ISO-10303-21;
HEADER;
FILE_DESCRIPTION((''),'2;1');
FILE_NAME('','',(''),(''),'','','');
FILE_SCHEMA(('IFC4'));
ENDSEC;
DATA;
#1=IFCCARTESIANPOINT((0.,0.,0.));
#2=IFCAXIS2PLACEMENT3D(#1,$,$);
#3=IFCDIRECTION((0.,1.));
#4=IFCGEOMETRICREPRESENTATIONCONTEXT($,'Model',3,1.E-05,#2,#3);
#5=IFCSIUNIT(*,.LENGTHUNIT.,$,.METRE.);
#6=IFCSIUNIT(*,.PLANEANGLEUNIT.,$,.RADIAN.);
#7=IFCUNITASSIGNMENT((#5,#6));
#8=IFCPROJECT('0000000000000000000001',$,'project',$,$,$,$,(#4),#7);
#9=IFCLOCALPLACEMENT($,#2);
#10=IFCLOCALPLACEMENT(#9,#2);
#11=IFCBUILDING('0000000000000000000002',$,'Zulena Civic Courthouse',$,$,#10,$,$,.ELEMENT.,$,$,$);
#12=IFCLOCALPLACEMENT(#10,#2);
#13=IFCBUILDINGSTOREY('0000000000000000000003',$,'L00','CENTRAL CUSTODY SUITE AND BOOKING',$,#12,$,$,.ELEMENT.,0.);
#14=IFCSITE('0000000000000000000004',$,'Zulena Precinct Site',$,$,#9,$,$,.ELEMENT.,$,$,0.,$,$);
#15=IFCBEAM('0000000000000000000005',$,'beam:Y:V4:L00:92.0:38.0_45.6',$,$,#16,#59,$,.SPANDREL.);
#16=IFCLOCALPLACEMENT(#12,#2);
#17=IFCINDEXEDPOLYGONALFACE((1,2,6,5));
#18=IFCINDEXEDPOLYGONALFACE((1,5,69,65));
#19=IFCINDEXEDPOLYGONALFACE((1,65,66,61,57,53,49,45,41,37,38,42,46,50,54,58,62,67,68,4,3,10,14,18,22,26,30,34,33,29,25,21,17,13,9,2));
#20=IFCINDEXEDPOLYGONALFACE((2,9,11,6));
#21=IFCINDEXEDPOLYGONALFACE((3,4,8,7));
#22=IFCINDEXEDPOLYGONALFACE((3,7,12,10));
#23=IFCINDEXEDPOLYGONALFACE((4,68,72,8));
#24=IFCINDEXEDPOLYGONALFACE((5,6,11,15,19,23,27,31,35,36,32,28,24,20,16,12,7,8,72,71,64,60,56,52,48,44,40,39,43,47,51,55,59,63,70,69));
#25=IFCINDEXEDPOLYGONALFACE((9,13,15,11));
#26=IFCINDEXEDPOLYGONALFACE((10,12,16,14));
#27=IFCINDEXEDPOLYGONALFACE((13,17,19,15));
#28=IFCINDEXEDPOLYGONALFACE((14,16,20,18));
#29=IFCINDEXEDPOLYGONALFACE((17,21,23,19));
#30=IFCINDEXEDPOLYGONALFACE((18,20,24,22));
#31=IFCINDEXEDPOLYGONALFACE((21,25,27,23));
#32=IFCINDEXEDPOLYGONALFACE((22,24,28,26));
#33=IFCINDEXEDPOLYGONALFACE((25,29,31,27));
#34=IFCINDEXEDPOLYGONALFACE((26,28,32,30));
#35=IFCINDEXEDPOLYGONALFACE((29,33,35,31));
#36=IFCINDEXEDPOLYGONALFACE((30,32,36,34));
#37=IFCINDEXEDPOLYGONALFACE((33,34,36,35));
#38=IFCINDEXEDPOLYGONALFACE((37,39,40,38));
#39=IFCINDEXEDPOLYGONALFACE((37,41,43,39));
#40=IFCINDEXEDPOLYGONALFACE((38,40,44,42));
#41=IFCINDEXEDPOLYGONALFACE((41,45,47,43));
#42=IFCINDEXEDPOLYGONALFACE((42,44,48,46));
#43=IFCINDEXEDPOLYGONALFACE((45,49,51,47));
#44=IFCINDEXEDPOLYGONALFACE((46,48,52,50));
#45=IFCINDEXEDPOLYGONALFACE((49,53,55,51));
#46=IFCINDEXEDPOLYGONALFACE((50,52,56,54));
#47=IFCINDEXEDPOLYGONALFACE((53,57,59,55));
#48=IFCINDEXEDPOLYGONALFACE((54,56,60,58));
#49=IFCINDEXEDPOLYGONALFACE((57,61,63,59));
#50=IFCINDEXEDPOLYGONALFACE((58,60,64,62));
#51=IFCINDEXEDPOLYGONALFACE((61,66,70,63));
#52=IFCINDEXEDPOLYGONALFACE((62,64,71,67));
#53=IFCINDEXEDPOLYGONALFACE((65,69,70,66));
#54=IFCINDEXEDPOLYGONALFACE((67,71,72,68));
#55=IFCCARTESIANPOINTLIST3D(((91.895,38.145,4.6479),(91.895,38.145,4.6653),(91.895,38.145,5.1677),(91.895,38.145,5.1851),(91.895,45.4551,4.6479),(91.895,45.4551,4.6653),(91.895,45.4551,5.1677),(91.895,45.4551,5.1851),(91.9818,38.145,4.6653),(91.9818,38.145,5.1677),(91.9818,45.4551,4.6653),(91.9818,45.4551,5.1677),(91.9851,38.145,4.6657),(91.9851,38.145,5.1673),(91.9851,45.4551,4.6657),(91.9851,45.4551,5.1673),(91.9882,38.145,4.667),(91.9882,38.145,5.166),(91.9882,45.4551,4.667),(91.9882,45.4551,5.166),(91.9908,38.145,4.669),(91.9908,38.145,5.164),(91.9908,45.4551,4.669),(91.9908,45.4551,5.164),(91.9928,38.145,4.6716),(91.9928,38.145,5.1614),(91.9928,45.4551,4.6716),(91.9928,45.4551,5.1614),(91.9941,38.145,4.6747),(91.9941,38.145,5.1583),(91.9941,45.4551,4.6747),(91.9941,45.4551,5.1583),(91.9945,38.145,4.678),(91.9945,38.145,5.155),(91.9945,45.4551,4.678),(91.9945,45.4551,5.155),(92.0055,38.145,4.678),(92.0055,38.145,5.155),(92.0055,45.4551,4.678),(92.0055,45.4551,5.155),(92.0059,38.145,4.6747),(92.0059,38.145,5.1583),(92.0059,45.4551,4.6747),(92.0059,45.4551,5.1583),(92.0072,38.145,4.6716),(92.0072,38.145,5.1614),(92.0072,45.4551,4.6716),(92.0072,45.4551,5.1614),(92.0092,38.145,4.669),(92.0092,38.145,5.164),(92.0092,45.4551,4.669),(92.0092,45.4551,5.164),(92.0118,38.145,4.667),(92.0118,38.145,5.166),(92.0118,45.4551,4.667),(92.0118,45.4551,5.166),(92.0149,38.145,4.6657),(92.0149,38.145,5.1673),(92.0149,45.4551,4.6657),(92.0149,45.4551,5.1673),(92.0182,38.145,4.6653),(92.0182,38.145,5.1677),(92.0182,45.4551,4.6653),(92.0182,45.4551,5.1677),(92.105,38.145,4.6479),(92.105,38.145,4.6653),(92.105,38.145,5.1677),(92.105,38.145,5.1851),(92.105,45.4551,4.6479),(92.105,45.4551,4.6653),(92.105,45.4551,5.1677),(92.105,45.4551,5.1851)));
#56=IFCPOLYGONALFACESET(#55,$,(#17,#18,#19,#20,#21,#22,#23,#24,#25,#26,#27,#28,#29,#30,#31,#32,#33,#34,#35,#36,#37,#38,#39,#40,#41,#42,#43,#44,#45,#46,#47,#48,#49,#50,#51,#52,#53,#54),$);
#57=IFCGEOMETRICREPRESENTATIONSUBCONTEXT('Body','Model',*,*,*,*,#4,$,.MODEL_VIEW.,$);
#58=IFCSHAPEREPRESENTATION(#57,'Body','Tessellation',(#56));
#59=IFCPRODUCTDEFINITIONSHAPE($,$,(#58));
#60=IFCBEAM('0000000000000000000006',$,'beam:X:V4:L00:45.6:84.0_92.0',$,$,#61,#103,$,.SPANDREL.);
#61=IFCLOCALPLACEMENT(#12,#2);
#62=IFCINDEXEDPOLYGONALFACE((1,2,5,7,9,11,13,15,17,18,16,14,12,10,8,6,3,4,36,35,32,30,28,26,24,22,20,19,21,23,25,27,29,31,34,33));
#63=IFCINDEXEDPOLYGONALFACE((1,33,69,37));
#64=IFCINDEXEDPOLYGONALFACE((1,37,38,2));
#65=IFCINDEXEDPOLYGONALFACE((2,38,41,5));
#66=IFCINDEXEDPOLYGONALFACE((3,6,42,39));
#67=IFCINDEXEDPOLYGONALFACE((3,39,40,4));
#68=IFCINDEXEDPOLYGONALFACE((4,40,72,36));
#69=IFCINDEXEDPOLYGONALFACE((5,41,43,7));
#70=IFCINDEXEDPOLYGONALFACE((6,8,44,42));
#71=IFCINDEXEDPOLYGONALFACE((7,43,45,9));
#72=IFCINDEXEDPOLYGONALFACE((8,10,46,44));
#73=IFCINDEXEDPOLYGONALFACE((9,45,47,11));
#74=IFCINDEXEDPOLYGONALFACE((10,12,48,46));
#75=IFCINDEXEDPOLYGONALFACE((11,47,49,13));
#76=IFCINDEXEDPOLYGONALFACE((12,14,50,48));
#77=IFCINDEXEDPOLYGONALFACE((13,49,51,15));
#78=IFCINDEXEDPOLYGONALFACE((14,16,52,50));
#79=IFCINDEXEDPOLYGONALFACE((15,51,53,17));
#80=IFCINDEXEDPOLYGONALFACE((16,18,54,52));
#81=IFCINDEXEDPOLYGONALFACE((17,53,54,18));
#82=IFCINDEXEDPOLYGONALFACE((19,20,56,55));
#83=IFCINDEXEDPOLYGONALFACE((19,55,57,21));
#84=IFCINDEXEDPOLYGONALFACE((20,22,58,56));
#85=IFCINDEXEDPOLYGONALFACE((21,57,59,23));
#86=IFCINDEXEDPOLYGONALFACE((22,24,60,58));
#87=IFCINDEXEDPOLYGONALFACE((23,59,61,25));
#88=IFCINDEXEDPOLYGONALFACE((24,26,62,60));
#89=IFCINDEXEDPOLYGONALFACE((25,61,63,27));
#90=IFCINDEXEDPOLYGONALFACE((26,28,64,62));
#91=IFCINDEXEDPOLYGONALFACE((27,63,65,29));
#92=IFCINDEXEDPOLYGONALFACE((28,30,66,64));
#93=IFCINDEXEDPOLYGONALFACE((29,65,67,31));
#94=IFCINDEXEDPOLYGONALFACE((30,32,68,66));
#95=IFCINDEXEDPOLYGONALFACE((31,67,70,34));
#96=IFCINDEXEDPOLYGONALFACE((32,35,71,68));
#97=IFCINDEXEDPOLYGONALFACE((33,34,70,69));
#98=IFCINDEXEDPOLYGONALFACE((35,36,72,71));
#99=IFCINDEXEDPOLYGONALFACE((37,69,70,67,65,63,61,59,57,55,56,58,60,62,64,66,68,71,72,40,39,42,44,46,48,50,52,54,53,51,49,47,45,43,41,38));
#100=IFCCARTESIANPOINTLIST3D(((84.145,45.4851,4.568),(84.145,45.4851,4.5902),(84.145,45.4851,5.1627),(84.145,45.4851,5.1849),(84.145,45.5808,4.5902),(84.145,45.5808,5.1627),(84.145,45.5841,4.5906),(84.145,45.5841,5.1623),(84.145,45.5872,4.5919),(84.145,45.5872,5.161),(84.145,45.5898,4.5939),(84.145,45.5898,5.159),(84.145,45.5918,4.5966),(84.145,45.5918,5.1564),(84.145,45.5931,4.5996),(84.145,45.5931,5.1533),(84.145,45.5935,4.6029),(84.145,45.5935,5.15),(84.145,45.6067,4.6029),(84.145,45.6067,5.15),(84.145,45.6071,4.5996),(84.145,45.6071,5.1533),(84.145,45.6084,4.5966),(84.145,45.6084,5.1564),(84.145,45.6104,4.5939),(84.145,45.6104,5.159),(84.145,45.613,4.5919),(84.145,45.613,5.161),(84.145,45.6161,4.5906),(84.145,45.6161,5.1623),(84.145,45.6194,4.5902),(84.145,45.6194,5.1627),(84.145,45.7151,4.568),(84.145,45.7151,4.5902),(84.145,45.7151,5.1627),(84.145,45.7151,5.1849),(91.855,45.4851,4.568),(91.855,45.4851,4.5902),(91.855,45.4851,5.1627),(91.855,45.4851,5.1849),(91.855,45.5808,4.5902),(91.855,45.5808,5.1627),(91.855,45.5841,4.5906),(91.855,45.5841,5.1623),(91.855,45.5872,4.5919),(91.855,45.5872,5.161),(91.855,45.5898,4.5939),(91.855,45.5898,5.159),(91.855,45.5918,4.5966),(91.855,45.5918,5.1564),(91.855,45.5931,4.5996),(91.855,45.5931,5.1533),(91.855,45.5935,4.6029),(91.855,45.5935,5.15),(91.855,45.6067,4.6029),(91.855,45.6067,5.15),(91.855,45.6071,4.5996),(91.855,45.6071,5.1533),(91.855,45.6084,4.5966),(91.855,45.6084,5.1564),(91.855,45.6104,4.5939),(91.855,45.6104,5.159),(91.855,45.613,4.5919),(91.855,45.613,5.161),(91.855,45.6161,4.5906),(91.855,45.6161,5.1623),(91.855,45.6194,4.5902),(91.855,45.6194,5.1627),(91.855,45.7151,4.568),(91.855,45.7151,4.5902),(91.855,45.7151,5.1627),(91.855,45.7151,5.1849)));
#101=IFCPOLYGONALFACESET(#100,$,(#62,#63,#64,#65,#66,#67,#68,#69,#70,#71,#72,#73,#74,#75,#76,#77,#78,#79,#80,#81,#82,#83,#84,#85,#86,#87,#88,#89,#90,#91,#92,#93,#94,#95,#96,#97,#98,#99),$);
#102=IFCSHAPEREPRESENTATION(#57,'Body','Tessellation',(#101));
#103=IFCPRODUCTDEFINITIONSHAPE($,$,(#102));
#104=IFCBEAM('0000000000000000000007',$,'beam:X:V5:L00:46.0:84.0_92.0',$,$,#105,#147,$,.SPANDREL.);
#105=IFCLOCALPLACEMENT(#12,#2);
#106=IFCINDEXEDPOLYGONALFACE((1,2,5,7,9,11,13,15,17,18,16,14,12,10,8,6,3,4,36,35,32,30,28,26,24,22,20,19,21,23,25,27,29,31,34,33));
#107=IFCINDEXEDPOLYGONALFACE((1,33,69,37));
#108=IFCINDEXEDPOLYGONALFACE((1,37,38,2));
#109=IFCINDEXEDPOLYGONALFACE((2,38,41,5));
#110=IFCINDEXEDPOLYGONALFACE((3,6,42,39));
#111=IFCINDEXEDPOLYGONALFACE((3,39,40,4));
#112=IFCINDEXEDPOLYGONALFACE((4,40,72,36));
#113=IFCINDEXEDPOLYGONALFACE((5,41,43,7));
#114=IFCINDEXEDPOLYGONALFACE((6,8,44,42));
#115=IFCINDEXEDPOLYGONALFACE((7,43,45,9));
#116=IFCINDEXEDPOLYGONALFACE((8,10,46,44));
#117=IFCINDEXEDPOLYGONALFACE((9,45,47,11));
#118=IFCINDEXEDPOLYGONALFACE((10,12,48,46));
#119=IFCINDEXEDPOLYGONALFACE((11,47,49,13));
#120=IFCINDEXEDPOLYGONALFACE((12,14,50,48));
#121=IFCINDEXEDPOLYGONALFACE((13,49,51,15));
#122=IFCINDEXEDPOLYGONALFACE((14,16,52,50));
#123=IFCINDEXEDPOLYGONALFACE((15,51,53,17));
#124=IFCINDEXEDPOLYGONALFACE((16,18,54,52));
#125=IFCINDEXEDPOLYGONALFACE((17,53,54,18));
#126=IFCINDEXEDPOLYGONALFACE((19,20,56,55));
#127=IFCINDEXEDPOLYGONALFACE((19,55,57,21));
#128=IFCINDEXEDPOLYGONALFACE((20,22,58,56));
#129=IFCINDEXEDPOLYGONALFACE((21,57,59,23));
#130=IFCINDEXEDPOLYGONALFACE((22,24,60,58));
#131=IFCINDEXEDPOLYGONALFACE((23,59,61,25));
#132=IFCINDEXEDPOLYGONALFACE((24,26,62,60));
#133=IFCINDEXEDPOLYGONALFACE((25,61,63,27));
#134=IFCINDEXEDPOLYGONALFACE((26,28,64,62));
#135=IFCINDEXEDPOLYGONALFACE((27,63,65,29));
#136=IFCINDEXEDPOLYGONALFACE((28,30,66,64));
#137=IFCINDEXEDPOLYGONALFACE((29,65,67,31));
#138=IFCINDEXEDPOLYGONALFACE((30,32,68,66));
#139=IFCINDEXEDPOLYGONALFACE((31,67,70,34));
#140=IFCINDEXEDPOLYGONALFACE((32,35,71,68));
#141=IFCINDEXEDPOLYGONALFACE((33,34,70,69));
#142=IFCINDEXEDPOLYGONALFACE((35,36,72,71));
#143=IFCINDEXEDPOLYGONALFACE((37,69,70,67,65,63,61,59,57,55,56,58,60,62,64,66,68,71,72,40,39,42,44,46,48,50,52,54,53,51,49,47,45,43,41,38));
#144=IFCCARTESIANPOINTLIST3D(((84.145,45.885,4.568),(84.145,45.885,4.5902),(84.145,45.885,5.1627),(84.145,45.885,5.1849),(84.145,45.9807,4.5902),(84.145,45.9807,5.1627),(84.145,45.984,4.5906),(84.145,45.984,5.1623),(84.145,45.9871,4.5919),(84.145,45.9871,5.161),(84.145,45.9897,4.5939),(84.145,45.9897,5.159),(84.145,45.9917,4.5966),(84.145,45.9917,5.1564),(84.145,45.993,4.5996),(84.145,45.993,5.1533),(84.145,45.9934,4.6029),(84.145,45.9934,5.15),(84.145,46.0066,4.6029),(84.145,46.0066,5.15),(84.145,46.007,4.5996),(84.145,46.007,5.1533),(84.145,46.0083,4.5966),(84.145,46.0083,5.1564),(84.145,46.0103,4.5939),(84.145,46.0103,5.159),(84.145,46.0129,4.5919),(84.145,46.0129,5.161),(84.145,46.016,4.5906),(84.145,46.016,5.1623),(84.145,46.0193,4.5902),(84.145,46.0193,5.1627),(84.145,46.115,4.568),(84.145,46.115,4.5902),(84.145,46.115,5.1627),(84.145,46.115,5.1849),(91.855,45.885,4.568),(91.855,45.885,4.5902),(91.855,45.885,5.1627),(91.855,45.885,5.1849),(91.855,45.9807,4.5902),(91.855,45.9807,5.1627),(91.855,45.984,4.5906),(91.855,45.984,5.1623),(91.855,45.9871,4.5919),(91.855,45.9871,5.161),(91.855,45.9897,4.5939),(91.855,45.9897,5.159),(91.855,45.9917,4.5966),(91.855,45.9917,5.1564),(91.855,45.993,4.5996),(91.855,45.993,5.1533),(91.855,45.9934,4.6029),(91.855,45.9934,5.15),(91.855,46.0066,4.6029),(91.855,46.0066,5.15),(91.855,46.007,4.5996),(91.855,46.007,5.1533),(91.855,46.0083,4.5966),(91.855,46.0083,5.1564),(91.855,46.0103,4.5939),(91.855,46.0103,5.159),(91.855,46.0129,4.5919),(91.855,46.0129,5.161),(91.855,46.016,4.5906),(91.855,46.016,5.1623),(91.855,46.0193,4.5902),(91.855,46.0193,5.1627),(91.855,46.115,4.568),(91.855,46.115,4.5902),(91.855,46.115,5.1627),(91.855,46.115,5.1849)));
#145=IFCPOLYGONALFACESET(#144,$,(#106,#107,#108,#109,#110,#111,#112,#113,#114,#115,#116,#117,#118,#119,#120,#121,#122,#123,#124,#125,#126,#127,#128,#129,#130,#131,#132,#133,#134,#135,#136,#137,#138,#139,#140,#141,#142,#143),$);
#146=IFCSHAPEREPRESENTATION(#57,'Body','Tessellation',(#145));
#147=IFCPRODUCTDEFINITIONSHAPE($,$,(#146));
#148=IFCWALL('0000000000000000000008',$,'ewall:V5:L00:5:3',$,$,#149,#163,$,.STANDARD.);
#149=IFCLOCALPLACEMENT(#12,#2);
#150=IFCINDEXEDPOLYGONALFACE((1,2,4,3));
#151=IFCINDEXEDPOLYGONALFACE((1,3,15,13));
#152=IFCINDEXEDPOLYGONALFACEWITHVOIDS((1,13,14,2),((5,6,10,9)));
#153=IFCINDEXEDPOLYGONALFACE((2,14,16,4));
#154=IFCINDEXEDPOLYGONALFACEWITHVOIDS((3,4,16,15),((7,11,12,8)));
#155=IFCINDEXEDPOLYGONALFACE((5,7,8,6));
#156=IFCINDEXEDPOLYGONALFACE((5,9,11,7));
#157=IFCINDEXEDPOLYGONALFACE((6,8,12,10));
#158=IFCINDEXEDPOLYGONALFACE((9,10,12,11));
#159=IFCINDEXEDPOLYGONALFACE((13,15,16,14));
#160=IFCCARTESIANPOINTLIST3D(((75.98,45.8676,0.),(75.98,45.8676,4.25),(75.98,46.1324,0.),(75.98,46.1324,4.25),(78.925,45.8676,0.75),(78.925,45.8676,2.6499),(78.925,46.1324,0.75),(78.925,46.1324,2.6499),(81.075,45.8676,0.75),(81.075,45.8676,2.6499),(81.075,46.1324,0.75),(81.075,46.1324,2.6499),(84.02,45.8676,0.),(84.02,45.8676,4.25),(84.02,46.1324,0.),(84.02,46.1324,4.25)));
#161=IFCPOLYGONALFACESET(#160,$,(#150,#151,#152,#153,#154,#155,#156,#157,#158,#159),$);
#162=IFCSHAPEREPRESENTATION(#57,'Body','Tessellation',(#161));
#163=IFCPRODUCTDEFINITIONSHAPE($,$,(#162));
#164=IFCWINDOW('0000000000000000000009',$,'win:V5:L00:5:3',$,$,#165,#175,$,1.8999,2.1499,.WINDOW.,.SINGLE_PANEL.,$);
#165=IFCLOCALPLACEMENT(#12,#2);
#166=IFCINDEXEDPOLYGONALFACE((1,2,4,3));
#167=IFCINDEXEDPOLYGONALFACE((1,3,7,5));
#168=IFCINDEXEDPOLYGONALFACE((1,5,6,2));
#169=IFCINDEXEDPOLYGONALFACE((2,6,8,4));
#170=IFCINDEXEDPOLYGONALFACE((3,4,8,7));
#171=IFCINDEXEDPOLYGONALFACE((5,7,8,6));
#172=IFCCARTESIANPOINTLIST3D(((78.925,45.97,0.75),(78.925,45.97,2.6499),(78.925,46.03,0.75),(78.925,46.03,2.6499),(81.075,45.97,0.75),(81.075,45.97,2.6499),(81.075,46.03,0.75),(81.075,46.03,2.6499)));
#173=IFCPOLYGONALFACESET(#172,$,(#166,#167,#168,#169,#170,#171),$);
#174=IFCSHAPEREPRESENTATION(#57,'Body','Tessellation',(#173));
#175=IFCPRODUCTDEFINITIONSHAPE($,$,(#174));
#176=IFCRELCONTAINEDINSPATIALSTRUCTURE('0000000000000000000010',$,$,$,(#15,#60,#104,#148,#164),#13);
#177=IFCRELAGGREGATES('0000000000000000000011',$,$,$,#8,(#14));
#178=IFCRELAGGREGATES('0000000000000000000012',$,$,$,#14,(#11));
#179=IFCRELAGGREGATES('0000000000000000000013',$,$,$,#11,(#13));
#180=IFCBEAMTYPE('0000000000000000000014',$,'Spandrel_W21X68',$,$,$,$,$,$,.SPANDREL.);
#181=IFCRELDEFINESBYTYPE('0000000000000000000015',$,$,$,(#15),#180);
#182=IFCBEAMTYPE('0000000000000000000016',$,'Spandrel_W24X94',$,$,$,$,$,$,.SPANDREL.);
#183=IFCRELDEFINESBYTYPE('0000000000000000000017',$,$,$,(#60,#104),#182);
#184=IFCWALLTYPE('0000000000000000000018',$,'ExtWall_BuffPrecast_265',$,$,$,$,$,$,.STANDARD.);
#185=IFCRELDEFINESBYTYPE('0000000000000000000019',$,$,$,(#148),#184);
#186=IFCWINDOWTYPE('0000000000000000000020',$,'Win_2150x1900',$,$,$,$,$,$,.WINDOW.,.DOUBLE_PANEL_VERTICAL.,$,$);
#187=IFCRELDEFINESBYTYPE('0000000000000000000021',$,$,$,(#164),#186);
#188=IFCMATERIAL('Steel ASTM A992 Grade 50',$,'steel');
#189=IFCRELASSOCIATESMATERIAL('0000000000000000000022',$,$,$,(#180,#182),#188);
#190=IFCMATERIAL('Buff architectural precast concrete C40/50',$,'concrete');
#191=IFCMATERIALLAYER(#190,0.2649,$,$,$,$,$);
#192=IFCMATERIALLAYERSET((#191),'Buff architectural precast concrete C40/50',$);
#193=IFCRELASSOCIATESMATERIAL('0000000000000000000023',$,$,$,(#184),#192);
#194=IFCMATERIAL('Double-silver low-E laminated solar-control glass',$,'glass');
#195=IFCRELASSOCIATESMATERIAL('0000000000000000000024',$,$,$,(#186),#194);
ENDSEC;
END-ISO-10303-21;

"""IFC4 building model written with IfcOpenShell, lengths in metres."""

from ifc_helpers import new_model, si_unit, direction, frame, frame_2d, origin, origin_2d, place, context, subcontext, project, spatial, rectangle, i_section, extrude, material, layer, layer_set, material_profile, profile_set, type_object, element, fill, save


model = new_model("IFC4")

# Units and contexts
model_context = context("Model", 3, precision=1e-05, world=origin(), true_north=direction((0.0, 1.0)))
body_context = subcontext(model_context, "Body", "Model", "MODEL_VIEW")
ifc_project = project(units=[si_unit("LENGTHUNIT", "METRE"), si_unit("PLANEANGLEUNIT", "RADIAN")], contexts=[model_context])

# Site, building, storey
site_placement = place(None, origin())
site = spatial("IfcSite", under=ifc_project, at=site_placement, Name="Zulena Precinct Site", CompositionType="ELEMENT", RefElevation=0.0)
building_placement = place(site_placement, origin())
building = spatial("IfcBuilding", under=site, at=building_placement, Name="Zulena Civic Courthouse", CompositionType="ELEMENT")
storey_placement = place(building_placement, origin())
storey = spatial("IfcBuildingStorey", under=building, at=storey_placement, Name="L00", Description="CENTRAL CUSTODY SUITE AND BOOKING", CompositionType="ELEMENT", Elevation=0.0)

# Shared definitions
ifc_material_1 = material(Name="Steel ASTM A992 Grade 50", Category="steel")

# Beams
ifc_material_profile_1 = material_profile(ifc_material_1, i_section(OverallWidth=0.21, OverallDepth=0.5371, WebThickness=0.011, FlangeThickness=0.0173, FilletRadius=0.0127, at=origin_2d()), Name="W21X68")
ifc_profile_set_1 = profile_set([ifc_material_profile_1], Name="Steel ASTM A992 Grade 50")
beam_type_1 = type_object("IfcBeamType", Name="Spandrel_W21X68", PredefinedType="SPANDREL", material=ifc_profile_set_1)
beam_placement = place(storey_placement, frame((92.0, 38.145, 4.9165), z_axis=(0.0, 1.0, 0.0), x_axis=(-1.0, 0.0, 0.0)))
element("IfcBeam", 1, at=beam_placement, inside=storey, type_object=beam_type_1, Name="beam:Y:V4:L00:92.0:38.0_45.6", PredefinedType="SPANDREL", context=body_context, shape_type="SweptSolid", body=[
    extrude(i_section(OverallWidth=0.21, OverallDepth=0.5371, WebThickness=0.011, FlangeThickness=0.0173, FilletRadius=0.0127, at=origin_2d()), origin(), (0.0, 0.0, 1.0), 7.3101),
])
ifc_material_profile_2 = material_profile(ifc_material_1, i_section(OverallWidth=0.23, OverallDepth=0.6169, WebThickness=0.0132, FlangeThickness=0.0222, FilletRadius=0.0127, at=origin_2d()), Name="W24X94")
ifc_profile_set_2 = profile_set([ifc_material_profile_2], Name="Steel ASTM A992 Grade 50")
beam_type_2 = type_object("IfcBeamType", Name="Spandrel_W24X94", PredefinedType="SPANDREL", material=ifc_profile_set_2)
for number, where, z_axis, x_axis, name in (
    (2, (84.145, 45.6001, 4.8765), (1.0, 0.0, 0.0), (0.0, 1.0, 0.0), "beam:X:V4:L00:45.6:84.0_92.0"),
    (3, (84.145, 46.0, 4.8765), (1.0, 0.0, 0.0), (0.0, 1.0, 0.0), "beam:X:V5:L00:46.0:84.0_92.0"),
):
    element("IfcBeam", number, at=place(storey_placement, frame(where, z_axis=z_axis, x_axis=x_axis)), inside=storey, type_object=beam_type_2, Name=name, PredefinedType="SPANDREL", context=body_context, shape_type="SweptSolid", body=[
        extrude(i_section(OverallWidth=0.23, OverallDepth=0.6169, WebThickness=0.0132, FlangeThickness=0.0222, FilletRadius=0.0127, at=origin_2d()), origin(), (0.0, 0.0, 1.0), 7.71),
    ])

# Wall, opening, window
ifc_material_2 = material(Name="Buff architectural precast concrete C40/50", Category="concrete")
ifc_layer_1 = layer(ifc_material_2, 0.2649)
ifc_layer_set_1 = layer_set([ifc_layer_1], Name="Buff architectural precast concrete C40/50")
wall_type_1 = type_object("IfcWallType", Name="ExtWall_BuffPrecast_265", PredefinedType="STANDARD", material=ifc_layer_set_1)
wall_1_placement = place(storey_placement, frame((84.02, 46.0, 0.0), z_axis=(0.0, 0.0, 1.0), x_axis=(-1.0, 0.0, 0.0)))
wall_1 = element("IfcWall", 4, at=wall_1_placement, inside=storey, type_object=wall_type_1, Name="ewall:V5:L00:5:3", PredefinedType="STANDARD", context=body_context, shape_type="SweptSolid", body=[
    extrude(rectangle(XDim=8.04, YDim=0.2649, at=frame_2d((4.02, 0.0))), origin(), (0.0, 0.0, 1.0), 4.25),
])
opening_1_placement = place(wall_1_placement, frame((2.9451, 0.0, 0.75)))
opening_1 = element("IfcOpeningElement", 5, at=opening_1_placement, cuts=wall_1, PredefinedType="OPENING", context=body_context, shape_type="SweptSolid", body=[
    extrude(rectangle(XDim=2.1499, YDim=1.8999, at=frame_2d((1.075, 0.95))), frame((0.0, 0.1423, 0.0), z_axis=(0.0, -1.0, 0.0), x_axis=(1.0, 0.0, 0.0)), (0.0, 0.0, 1.0), 0.2849),
])
ifc_material_3 = material(Name="Double-silver low-E laminated solar-control glass", Category="glass")
window_type_1 = type_object("IfcWindowType", Name="Win_2150x1900", PartitioningType="DOUBLE_PANEL_VERTICAL", PredefinedType="WINDOW", material=ifc_material_3)
window_1_placement = place(opening_1_placement, origin())
window_1 = element("IfcWindow", 6, at=window_1_placement, inside=storey, type_object=window_type_1, Name="win:V5:L00:5:3", OverallHeight=1.8999, OverallWidth=2.1499, PartitioningType="SINGLE_PANEL", PredefinedType="WINDOW", context=body_context, shape_type="SweptSolid", body=[
    extrude(rectangle(XDim=2.1499, YDim=1.8999, at=frame_2d((1.075, 0.95))), frame((0.0, 0.03, 0.0), z_axis=(0.0, -1.0, 0.0), x_axis=(1.0, 0.0, 0.0)), (0.0, 0.0, 1.0), 0.0601),
])
fill(opening_1, window_1)

save(model, "model.ifc")
